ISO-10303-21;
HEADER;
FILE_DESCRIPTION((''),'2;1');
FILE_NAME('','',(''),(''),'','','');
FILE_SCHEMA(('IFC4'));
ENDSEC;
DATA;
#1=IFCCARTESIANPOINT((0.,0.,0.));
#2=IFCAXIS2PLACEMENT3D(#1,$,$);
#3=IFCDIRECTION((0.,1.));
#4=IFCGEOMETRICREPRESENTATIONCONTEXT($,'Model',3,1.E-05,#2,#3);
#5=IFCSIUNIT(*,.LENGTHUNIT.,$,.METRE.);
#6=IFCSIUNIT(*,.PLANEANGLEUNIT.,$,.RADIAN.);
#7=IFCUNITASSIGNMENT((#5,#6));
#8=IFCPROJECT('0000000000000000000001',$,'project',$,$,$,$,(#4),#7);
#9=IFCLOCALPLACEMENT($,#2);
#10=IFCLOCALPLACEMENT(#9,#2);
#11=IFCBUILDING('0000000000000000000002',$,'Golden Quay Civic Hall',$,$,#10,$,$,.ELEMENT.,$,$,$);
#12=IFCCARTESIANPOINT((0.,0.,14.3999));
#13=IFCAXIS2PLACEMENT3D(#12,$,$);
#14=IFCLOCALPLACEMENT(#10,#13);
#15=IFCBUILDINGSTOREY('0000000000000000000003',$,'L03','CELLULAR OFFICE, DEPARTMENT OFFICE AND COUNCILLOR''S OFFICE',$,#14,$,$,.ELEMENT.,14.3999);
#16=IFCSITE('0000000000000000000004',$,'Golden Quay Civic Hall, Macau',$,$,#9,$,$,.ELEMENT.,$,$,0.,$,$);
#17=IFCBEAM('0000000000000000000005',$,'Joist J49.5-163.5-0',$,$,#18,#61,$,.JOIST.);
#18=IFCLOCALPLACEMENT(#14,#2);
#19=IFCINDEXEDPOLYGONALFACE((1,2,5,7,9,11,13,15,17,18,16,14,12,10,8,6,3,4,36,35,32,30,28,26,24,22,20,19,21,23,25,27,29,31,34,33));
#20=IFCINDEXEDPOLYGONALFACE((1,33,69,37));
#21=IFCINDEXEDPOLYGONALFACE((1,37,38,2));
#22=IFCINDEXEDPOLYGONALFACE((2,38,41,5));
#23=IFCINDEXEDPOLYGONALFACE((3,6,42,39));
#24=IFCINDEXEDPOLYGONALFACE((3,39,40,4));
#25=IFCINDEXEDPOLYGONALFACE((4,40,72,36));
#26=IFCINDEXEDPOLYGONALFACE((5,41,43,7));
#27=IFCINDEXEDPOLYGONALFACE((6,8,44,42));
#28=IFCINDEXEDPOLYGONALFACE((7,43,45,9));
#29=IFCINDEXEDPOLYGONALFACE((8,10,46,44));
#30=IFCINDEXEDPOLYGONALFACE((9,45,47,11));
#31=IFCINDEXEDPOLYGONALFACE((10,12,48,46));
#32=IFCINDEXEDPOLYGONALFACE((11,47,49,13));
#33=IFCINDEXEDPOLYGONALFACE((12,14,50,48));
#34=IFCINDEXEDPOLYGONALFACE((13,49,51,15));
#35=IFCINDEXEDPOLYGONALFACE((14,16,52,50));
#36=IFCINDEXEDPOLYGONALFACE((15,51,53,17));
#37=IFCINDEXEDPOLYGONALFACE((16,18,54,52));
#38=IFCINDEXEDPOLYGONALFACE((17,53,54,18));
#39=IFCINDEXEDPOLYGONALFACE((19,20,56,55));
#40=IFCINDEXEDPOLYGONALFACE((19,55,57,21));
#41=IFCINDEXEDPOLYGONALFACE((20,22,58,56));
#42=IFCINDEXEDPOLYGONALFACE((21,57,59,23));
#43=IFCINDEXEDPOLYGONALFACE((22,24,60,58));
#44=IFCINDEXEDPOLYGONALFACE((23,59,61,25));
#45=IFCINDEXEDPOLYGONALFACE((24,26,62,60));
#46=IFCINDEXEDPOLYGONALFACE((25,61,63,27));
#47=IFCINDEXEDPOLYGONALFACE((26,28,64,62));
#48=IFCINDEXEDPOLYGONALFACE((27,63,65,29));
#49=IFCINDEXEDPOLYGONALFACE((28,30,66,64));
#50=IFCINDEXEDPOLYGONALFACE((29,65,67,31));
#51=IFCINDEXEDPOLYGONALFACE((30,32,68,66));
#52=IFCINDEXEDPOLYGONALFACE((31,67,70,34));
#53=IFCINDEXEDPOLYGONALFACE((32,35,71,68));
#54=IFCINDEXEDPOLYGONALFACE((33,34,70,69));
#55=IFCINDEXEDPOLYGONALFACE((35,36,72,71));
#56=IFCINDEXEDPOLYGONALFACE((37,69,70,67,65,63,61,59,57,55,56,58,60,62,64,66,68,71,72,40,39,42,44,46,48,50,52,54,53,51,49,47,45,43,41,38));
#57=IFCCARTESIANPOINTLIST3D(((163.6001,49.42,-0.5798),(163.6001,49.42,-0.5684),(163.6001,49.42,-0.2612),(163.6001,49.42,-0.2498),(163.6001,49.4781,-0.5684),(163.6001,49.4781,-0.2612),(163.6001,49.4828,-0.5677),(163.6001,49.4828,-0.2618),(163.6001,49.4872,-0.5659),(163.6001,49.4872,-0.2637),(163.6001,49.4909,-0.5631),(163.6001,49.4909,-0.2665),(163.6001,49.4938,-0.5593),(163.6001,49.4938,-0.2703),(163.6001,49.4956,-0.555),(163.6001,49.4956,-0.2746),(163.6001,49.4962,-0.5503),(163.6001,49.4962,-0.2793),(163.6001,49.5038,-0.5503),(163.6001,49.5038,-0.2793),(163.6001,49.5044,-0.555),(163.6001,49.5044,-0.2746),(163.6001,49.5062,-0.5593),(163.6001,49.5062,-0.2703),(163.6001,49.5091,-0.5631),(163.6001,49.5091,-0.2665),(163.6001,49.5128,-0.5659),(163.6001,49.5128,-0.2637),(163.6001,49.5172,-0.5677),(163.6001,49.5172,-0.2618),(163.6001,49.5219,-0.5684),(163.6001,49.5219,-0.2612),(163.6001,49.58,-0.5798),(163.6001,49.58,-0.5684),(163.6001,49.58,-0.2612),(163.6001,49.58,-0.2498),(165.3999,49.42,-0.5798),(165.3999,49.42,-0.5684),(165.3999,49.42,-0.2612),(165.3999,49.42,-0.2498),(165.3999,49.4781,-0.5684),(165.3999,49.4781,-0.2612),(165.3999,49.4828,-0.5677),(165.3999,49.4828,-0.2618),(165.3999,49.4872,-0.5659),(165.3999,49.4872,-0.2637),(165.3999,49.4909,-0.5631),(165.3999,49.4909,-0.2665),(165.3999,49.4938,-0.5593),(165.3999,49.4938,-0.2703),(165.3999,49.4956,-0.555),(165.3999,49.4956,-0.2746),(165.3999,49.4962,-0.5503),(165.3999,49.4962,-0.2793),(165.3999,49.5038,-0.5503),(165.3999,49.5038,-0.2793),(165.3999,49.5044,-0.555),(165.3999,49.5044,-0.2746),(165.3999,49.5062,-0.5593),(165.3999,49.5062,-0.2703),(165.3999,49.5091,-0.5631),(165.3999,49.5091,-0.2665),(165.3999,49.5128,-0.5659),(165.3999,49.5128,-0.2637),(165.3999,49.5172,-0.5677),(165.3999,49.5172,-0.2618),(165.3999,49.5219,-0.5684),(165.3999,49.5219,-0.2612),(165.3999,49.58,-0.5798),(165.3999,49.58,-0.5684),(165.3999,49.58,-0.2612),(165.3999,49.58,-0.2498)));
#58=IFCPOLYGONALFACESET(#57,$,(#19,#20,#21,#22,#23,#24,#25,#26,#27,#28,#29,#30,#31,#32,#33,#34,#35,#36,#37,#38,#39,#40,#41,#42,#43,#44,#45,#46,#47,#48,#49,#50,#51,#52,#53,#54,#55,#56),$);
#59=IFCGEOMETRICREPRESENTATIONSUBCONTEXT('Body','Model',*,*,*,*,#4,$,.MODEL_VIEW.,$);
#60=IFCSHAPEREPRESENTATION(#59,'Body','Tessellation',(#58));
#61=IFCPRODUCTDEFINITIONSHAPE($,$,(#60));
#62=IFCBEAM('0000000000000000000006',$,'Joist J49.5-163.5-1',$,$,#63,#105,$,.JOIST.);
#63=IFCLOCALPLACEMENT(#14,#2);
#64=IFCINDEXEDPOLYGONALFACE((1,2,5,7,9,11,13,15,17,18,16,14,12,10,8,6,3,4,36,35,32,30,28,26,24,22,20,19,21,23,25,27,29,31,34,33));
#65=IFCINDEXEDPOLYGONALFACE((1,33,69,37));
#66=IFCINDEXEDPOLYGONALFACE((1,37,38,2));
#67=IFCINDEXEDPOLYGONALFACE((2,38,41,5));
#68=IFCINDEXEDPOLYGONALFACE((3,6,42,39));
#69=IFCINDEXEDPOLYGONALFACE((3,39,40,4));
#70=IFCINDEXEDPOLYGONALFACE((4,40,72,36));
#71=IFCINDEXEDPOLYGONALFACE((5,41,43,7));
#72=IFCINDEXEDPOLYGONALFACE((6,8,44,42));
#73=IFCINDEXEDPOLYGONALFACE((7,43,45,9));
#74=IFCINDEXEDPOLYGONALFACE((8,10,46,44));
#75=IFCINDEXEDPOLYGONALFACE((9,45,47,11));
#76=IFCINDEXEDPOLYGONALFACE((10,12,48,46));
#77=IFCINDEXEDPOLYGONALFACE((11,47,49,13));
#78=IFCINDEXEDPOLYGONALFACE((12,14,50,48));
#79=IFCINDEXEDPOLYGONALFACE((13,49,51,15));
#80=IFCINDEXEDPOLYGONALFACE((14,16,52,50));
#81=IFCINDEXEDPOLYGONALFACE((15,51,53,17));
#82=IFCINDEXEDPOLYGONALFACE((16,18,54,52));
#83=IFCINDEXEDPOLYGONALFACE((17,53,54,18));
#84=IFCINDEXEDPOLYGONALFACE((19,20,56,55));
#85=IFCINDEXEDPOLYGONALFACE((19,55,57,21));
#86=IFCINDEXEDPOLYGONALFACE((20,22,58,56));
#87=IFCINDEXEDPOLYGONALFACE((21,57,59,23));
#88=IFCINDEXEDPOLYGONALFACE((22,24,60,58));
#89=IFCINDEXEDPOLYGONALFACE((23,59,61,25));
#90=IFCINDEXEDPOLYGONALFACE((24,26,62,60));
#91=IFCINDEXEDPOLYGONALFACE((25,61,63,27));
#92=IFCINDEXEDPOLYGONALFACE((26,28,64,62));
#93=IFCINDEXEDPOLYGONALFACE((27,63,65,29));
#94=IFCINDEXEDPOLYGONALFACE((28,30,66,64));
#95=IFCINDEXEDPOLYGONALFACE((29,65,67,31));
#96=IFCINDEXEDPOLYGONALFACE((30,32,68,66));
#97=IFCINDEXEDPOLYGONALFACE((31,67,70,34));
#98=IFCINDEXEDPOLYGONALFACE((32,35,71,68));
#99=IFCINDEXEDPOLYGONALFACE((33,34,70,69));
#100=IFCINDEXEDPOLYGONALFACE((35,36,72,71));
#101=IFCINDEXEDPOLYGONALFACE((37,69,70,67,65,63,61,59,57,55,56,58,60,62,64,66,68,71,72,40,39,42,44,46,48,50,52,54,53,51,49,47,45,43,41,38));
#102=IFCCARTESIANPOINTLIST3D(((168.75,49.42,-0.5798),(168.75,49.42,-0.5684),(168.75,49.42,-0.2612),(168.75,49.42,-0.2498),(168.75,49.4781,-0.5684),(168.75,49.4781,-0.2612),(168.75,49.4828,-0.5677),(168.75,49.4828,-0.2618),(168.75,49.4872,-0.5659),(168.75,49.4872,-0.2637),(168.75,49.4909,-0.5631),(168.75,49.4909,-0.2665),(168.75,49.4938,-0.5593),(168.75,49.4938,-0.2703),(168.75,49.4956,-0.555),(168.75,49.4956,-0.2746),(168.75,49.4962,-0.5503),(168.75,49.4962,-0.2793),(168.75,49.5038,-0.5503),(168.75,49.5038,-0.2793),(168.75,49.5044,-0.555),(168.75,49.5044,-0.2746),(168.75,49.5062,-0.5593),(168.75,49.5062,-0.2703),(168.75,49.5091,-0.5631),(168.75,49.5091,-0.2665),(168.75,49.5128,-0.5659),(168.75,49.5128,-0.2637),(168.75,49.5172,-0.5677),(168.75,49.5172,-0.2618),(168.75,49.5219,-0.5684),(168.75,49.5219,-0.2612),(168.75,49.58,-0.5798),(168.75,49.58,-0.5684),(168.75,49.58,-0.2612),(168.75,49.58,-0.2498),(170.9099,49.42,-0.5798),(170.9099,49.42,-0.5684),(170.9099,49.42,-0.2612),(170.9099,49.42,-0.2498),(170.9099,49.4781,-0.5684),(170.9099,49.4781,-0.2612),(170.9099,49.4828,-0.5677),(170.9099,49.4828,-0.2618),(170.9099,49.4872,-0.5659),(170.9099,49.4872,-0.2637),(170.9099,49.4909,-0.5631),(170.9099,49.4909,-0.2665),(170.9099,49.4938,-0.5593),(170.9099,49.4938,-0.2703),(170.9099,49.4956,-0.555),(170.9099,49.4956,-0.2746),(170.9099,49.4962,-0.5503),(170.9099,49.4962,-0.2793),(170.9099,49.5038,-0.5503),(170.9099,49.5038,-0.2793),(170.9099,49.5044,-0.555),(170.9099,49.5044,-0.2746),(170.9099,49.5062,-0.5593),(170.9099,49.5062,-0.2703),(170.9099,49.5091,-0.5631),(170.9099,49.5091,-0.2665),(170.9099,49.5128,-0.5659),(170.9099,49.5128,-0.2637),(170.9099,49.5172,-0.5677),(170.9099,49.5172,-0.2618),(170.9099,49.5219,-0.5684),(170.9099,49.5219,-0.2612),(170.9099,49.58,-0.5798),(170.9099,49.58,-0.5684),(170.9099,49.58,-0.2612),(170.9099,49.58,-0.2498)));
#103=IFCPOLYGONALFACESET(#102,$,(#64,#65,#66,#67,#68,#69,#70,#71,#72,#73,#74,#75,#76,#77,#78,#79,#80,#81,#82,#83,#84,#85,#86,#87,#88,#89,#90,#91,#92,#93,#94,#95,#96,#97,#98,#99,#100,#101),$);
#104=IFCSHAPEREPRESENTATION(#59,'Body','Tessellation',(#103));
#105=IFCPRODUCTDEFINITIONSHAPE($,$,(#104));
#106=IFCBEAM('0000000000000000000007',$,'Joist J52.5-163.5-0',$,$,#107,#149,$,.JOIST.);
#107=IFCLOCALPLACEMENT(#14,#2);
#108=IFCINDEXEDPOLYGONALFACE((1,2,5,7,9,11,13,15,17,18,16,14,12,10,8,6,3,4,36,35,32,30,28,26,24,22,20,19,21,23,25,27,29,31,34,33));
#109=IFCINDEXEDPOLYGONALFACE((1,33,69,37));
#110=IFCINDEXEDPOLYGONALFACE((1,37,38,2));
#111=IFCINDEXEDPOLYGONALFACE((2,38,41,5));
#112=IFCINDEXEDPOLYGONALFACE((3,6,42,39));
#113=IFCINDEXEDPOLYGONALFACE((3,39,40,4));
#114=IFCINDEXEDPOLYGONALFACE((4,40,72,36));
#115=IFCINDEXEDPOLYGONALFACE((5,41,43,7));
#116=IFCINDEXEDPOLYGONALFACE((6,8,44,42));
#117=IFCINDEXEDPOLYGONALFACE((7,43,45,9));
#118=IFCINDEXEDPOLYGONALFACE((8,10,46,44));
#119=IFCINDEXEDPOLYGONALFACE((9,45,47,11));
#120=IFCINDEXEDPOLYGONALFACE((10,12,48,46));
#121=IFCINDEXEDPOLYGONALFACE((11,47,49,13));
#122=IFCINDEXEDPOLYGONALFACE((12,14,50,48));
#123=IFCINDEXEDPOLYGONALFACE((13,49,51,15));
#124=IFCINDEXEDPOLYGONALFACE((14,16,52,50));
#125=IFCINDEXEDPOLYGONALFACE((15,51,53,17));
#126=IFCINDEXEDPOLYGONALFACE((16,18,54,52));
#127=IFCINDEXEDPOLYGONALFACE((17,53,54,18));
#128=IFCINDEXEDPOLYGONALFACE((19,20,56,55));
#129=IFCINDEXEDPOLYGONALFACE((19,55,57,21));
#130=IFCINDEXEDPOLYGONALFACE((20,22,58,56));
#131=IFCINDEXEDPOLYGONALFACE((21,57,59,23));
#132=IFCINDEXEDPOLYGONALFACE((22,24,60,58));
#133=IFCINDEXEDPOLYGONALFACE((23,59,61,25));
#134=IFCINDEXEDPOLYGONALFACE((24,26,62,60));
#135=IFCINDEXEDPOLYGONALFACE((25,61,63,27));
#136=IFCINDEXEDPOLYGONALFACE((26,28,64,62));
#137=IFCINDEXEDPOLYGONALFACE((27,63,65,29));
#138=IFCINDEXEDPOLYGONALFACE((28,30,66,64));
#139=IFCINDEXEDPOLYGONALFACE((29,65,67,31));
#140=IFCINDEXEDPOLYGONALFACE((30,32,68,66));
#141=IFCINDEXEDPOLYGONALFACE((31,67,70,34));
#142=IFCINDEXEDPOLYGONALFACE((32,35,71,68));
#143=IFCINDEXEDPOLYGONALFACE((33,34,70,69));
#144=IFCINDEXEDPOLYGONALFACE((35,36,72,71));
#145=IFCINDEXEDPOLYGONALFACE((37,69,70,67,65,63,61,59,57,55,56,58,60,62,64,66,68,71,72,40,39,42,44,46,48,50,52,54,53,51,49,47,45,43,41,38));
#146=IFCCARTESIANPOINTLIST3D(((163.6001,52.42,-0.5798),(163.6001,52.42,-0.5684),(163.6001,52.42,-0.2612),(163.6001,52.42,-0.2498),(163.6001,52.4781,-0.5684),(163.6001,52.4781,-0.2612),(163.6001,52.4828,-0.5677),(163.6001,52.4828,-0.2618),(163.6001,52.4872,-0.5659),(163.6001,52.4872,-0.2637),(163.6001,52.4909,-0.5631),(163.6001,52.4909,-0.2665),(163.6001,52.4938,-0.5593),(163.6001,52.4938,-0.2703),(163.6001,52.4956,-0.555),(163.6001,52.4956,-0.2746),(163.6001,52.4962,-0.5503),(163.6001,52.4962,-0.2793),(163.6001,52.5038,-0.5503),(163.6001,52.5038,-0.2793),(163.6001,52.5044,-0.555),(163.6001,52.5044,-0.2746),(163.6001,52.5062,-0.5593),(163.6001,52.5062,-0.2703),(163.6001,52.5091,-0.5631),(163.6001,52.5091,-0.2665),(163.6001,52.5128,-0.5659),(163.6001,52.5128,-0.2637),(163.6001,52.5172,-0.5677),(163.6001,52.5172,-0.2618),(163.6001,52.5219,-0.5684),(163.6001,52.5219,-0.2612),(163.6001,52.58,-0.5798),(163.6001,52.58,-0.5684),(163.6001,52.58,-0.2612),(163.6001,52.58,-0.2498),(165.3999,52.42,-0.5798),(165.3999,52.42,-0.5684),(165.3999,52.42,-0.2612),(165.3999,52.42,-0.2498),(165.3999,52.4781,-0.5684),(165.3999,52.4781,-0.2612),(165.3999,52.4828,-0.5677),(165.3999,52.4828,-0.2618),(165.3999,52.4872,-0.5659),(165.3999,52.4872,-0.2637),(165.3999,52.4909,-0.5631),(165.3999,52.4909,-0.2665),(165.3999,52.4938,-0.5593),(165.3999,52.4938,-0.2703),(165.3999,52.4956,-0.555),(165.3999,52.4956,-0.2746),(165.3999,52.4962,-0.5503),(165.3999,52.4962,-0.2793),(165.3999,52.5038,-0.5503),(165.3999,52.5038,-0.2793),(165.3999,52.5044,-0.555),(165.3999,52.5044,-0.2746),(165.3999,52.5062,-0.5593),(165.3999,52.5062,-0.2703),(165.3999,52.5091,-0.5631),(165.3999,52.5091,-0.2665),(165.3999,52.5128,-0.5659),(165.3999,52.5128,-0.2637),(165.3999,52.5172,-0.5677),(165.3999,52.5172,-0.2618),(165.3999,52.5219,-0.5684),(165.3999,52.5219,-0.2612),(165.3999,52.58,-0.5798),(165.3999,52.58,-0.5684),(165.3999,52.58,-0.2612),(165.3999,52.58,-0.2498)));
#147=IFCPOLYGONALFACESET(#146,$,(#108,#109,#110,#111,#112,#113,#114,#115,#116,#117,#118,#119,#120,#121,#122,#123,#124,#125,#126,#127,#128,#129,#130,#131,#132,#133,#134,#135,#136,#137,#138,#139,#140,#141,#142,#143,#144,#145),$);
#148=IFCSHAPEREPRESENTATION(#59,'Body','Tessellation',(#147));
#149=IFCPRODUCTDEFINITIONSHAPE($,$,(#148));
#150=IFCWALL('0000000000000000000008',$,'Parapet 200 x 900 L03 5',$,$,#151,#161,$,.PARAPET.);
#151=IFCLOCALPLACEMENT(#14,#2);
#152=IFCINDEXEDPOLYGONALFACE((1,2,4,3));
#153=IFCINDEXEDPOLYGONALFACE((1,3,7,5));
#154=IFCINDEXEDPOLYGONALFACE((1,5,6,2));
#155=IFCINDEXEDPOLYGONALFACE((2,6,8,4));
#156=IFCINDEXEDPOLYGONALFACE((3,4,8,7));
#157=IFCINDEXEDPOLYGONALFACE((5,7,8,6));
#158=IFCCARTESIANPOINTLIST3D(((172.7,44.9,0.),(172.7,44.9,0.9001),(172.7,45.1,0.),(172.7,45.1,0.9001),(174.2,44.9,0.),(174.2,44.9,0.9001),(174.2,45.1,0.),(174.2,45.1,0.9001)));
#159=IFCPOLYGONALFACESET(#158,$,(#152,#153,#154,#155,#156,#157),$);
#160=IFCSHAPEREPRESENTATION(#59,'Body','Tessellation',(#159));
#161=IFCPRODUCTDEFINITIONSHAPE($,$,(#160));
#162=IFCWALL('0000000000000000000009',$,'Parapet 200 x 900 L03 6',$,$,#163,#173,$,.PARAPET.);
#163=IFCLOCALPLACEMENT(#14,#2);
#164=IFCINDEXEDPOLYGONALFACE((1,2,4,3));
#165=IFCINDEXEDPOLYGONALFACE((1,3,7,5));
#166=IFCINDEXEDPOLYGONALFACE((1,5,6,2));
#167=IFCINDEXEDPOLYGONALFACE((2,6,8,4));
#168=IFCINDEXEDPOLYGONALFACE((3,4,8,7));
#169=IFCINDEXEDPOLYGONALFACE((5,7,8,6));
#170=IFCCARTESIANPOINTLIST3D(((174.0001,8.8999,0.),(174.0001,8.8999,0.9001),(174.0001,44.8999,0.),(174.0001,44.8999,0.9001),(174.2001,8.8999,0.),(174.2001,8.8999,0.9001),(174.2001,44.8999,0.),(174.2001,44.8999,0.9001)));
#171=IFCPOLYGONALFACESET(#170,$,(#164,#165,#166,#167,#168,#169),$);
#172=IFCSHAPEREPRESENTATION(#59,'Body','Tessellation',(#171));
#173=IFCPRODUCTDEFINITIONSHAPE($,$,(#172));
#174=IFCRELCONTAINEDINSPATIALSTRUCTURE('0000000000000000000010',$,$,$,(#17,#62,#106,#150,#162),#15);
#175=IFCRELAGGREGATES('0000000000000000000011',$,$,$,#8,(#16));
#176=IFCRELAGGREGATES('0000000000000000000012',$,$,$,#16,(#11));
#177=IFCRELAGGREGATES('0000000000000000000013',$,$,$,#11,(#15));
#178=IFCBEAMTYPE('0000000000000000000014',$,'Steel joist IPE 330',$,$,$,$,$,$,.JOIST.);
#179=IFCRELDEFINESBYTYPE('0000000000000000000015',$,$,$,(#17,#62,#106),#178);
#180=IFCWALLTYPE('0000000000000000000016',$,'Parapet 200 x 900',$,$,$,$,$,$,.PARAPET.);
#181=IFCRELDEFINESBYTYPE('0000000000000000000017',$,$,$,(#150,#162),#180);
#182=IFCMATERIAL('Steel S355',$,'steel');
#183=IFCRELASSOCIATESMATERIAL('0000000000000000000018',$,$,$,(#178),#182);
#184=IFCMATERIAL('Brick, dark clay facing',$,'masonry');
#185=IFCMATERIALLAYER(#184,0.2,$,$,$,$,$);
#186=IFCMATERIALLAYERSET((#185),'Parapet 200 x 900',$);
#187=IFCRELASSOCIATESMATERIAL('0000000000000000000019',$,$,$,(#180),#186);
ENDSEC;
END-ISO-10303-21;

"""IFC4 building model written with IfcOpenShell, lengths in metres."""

from ifc_helpers import new_model, si_unit, direction, frame, frame_2d, origin, origin_2d, place, context, subcontext, project, spatial, rectangle, i_section, extrude, material, layer, layer_set, material_profile, profile_set, type_object, element, save


model = new_model("IFC4")

# Units and contexts
model_context = context("Model", 3, precision=1e-05, world=origin(), true_north=direction((0.0, 1.0)))
body_context = subcontext(model_context, "Body", "Model", "MODEL_VIEW")
ifc_project = project(units=[si_unit("LENGTHUNIT", "METRE"), si_unit("PLANEANGLEUNIT", "RADIAN")], contexts=[model_context])

# Site, building, storey
site_placement = place(None, origin())
site = spatial("IfcSite", under=ifc_project, at=site_placement, Name="Golden Quay Civic Hall, Macau", CompositionType="ELEMENT", RefElevation=0.0)
building_placement = place(site_placement, origin())
building = spatial("IfcBuilding", under=site, at=building_placement, Name="Golden Quay Civic Hall", CompositionType="ELEMENT")
storey_placement = place(building_placement, frame((0.0, 0.0, 14.3999)))
storey = spatial("IfcBuildingStorey", under=building, at=storey_placement, Name="L03", Description="CELLULAR OFFICE, DEPARTMENT OFFICE AND COUNCILLOR'S OFFICE", CompositionType="ELEMENT", Elevation=14.3999)

# Beams
ifc_material_1 = material(Name="Steel S355", Category="steel")
ifc_material_profile_1 = material_profile(ifc_material_1, i_section(OverallWidth=0.1599, OverallDepth=0.3301, WebThickness=0.0076, FlangeThickness=0.0115, FilletRadius=0.0181, at=origin_2d()), Name="IPE 330")
ifc_profile_set_1 = profile_set([ifc_material_profile_1], Name="Steel S355")
beam_type_1 = type_object("IfcBeamType", Name="Steel joist IPE 330", PredefinedType="JOIST", material=ifc_profile_set_1)
beam_1_placement = place(storey_placement, frame((163.6001, 49.5, -0.4148), z_axis=(1.0, 0.0, 0.0), x_axis=(0.0, 1.0, 0.0)))
element("IfcBeam", 1, at=beam_1_placement, inside=storey, type_object=beam_type_1, Name="Joist J49.5-163.5-0", PredefinedType="JOIST", context=body_context, shape_type="SweptSolid", body=[
    extrude(i_section(OverallWidth=0.1599, OverallDepth=0.3301, WebThickness=0.0076, FlangeThickness=0.0115, FilletRadius=0.0181, at=origin_2d()), origin(), (0.0, 0.0, 1.0), 1.7998),
])
beam_2_placement = place(storey_placement, frame((168.75, 49.5, -0.4148), z_axis=(1.0, 0.0, 0.0), x_axis=(0.0, 1.0, 0.0)))
element("IfcBeam", 2, at=beam_2_placement, inside=storey, type_object=beam_type_1, Name="Joist J49.5-163.5-1", PredefinedType="JOIST", context=body_context, shape_type="SweptSolid", body=[
    extrude(i_section(OverallWidth=0.1599, OverallDepth=0.3301, WebThickness=0.0076, FlangeThickness=0.0115, FilletRadius=0.0181, at=origin_2d()), origin(), (0.0, 0.0, 1.0), 2.1599),
])
beam_3_placement = place(storey_placement, frame((163.6001, 52.5, -0.4148), z_axis=(1.0, 0.0, 0.0), x_axis=(0.0, 1.0, 0.0)))
element("IfcBeam", 3, at=beam_3_placement, inside=storey, type_object=beam_type_1, Name="Joist J52.5-163.5-0", PredefinedType="JOIST", context=body_context, shape_type="SweptSolid", body=[
    extrude(i_section(OverallWidth=0.1599, OverallDepth=0.3301, WebThickness=0.0076, FlangeThickness=0.0115, FilletRadius=0.0181, at=origin_2d()), origin(), (0.0, 0.0, 1.0), 1.7998),
])

# Walls
ifc_material_2 = material(Name="Brick, dark clay facing", Category="masonry")
ifc_layer = layer(ifc_material_2, 0.2)
ifc_layer_set = layer_set([ifc_layer], Name="Parapet 200 x 900")
wall_type = type_object("IfcWallType", Name="Parapet 200 x 900", PredefinedType="PARAPET", material=ifc_layer_set)
wall_1_placement = place(storey_placement, frame((172.7, 45.0, 0.0), z_axis=(0.0, 0.0, 1.0), x_axis=(1.0, 0.0, 0.0)))
element("IfcWall", 4, at=wall_1_placement, inside=storey, type_object=wall_type, Name="Parapet 200 x 900 L03 5", PredefinedType="PARAPET", context=body_context, shape_type="SweptSolid", body=[
    extrude(rectangle(XDim=1.5, YDim=0.2, at=frame_2d((0.75, 0.0))), origin(), (0.0, 0.0, 1.0), 0.9001),
])
wall_2_placement = place(storey_placement, frame((174.1001, 44.8999, 0.0), z_axis=(0.0, 0.0, 1.0), x_axis=(0.0, -1.0, 0.0)))
element("IfcWall", 5, at=wall_2_placement, inside=storey, type_object=wall_type, Name="Parapet 200 x 900 L03 6", PredefinedType="PARAPET", context=body_context, shape_type="SweptSolid", body=[
    extrude(rectangle(XDim=36.0, YDim=0.2, at=frame_2d((18.0, 0.0))), origin(), (0.0, 0.0, 1.0), 0.9001),
])

save(model, "model.ifc")
